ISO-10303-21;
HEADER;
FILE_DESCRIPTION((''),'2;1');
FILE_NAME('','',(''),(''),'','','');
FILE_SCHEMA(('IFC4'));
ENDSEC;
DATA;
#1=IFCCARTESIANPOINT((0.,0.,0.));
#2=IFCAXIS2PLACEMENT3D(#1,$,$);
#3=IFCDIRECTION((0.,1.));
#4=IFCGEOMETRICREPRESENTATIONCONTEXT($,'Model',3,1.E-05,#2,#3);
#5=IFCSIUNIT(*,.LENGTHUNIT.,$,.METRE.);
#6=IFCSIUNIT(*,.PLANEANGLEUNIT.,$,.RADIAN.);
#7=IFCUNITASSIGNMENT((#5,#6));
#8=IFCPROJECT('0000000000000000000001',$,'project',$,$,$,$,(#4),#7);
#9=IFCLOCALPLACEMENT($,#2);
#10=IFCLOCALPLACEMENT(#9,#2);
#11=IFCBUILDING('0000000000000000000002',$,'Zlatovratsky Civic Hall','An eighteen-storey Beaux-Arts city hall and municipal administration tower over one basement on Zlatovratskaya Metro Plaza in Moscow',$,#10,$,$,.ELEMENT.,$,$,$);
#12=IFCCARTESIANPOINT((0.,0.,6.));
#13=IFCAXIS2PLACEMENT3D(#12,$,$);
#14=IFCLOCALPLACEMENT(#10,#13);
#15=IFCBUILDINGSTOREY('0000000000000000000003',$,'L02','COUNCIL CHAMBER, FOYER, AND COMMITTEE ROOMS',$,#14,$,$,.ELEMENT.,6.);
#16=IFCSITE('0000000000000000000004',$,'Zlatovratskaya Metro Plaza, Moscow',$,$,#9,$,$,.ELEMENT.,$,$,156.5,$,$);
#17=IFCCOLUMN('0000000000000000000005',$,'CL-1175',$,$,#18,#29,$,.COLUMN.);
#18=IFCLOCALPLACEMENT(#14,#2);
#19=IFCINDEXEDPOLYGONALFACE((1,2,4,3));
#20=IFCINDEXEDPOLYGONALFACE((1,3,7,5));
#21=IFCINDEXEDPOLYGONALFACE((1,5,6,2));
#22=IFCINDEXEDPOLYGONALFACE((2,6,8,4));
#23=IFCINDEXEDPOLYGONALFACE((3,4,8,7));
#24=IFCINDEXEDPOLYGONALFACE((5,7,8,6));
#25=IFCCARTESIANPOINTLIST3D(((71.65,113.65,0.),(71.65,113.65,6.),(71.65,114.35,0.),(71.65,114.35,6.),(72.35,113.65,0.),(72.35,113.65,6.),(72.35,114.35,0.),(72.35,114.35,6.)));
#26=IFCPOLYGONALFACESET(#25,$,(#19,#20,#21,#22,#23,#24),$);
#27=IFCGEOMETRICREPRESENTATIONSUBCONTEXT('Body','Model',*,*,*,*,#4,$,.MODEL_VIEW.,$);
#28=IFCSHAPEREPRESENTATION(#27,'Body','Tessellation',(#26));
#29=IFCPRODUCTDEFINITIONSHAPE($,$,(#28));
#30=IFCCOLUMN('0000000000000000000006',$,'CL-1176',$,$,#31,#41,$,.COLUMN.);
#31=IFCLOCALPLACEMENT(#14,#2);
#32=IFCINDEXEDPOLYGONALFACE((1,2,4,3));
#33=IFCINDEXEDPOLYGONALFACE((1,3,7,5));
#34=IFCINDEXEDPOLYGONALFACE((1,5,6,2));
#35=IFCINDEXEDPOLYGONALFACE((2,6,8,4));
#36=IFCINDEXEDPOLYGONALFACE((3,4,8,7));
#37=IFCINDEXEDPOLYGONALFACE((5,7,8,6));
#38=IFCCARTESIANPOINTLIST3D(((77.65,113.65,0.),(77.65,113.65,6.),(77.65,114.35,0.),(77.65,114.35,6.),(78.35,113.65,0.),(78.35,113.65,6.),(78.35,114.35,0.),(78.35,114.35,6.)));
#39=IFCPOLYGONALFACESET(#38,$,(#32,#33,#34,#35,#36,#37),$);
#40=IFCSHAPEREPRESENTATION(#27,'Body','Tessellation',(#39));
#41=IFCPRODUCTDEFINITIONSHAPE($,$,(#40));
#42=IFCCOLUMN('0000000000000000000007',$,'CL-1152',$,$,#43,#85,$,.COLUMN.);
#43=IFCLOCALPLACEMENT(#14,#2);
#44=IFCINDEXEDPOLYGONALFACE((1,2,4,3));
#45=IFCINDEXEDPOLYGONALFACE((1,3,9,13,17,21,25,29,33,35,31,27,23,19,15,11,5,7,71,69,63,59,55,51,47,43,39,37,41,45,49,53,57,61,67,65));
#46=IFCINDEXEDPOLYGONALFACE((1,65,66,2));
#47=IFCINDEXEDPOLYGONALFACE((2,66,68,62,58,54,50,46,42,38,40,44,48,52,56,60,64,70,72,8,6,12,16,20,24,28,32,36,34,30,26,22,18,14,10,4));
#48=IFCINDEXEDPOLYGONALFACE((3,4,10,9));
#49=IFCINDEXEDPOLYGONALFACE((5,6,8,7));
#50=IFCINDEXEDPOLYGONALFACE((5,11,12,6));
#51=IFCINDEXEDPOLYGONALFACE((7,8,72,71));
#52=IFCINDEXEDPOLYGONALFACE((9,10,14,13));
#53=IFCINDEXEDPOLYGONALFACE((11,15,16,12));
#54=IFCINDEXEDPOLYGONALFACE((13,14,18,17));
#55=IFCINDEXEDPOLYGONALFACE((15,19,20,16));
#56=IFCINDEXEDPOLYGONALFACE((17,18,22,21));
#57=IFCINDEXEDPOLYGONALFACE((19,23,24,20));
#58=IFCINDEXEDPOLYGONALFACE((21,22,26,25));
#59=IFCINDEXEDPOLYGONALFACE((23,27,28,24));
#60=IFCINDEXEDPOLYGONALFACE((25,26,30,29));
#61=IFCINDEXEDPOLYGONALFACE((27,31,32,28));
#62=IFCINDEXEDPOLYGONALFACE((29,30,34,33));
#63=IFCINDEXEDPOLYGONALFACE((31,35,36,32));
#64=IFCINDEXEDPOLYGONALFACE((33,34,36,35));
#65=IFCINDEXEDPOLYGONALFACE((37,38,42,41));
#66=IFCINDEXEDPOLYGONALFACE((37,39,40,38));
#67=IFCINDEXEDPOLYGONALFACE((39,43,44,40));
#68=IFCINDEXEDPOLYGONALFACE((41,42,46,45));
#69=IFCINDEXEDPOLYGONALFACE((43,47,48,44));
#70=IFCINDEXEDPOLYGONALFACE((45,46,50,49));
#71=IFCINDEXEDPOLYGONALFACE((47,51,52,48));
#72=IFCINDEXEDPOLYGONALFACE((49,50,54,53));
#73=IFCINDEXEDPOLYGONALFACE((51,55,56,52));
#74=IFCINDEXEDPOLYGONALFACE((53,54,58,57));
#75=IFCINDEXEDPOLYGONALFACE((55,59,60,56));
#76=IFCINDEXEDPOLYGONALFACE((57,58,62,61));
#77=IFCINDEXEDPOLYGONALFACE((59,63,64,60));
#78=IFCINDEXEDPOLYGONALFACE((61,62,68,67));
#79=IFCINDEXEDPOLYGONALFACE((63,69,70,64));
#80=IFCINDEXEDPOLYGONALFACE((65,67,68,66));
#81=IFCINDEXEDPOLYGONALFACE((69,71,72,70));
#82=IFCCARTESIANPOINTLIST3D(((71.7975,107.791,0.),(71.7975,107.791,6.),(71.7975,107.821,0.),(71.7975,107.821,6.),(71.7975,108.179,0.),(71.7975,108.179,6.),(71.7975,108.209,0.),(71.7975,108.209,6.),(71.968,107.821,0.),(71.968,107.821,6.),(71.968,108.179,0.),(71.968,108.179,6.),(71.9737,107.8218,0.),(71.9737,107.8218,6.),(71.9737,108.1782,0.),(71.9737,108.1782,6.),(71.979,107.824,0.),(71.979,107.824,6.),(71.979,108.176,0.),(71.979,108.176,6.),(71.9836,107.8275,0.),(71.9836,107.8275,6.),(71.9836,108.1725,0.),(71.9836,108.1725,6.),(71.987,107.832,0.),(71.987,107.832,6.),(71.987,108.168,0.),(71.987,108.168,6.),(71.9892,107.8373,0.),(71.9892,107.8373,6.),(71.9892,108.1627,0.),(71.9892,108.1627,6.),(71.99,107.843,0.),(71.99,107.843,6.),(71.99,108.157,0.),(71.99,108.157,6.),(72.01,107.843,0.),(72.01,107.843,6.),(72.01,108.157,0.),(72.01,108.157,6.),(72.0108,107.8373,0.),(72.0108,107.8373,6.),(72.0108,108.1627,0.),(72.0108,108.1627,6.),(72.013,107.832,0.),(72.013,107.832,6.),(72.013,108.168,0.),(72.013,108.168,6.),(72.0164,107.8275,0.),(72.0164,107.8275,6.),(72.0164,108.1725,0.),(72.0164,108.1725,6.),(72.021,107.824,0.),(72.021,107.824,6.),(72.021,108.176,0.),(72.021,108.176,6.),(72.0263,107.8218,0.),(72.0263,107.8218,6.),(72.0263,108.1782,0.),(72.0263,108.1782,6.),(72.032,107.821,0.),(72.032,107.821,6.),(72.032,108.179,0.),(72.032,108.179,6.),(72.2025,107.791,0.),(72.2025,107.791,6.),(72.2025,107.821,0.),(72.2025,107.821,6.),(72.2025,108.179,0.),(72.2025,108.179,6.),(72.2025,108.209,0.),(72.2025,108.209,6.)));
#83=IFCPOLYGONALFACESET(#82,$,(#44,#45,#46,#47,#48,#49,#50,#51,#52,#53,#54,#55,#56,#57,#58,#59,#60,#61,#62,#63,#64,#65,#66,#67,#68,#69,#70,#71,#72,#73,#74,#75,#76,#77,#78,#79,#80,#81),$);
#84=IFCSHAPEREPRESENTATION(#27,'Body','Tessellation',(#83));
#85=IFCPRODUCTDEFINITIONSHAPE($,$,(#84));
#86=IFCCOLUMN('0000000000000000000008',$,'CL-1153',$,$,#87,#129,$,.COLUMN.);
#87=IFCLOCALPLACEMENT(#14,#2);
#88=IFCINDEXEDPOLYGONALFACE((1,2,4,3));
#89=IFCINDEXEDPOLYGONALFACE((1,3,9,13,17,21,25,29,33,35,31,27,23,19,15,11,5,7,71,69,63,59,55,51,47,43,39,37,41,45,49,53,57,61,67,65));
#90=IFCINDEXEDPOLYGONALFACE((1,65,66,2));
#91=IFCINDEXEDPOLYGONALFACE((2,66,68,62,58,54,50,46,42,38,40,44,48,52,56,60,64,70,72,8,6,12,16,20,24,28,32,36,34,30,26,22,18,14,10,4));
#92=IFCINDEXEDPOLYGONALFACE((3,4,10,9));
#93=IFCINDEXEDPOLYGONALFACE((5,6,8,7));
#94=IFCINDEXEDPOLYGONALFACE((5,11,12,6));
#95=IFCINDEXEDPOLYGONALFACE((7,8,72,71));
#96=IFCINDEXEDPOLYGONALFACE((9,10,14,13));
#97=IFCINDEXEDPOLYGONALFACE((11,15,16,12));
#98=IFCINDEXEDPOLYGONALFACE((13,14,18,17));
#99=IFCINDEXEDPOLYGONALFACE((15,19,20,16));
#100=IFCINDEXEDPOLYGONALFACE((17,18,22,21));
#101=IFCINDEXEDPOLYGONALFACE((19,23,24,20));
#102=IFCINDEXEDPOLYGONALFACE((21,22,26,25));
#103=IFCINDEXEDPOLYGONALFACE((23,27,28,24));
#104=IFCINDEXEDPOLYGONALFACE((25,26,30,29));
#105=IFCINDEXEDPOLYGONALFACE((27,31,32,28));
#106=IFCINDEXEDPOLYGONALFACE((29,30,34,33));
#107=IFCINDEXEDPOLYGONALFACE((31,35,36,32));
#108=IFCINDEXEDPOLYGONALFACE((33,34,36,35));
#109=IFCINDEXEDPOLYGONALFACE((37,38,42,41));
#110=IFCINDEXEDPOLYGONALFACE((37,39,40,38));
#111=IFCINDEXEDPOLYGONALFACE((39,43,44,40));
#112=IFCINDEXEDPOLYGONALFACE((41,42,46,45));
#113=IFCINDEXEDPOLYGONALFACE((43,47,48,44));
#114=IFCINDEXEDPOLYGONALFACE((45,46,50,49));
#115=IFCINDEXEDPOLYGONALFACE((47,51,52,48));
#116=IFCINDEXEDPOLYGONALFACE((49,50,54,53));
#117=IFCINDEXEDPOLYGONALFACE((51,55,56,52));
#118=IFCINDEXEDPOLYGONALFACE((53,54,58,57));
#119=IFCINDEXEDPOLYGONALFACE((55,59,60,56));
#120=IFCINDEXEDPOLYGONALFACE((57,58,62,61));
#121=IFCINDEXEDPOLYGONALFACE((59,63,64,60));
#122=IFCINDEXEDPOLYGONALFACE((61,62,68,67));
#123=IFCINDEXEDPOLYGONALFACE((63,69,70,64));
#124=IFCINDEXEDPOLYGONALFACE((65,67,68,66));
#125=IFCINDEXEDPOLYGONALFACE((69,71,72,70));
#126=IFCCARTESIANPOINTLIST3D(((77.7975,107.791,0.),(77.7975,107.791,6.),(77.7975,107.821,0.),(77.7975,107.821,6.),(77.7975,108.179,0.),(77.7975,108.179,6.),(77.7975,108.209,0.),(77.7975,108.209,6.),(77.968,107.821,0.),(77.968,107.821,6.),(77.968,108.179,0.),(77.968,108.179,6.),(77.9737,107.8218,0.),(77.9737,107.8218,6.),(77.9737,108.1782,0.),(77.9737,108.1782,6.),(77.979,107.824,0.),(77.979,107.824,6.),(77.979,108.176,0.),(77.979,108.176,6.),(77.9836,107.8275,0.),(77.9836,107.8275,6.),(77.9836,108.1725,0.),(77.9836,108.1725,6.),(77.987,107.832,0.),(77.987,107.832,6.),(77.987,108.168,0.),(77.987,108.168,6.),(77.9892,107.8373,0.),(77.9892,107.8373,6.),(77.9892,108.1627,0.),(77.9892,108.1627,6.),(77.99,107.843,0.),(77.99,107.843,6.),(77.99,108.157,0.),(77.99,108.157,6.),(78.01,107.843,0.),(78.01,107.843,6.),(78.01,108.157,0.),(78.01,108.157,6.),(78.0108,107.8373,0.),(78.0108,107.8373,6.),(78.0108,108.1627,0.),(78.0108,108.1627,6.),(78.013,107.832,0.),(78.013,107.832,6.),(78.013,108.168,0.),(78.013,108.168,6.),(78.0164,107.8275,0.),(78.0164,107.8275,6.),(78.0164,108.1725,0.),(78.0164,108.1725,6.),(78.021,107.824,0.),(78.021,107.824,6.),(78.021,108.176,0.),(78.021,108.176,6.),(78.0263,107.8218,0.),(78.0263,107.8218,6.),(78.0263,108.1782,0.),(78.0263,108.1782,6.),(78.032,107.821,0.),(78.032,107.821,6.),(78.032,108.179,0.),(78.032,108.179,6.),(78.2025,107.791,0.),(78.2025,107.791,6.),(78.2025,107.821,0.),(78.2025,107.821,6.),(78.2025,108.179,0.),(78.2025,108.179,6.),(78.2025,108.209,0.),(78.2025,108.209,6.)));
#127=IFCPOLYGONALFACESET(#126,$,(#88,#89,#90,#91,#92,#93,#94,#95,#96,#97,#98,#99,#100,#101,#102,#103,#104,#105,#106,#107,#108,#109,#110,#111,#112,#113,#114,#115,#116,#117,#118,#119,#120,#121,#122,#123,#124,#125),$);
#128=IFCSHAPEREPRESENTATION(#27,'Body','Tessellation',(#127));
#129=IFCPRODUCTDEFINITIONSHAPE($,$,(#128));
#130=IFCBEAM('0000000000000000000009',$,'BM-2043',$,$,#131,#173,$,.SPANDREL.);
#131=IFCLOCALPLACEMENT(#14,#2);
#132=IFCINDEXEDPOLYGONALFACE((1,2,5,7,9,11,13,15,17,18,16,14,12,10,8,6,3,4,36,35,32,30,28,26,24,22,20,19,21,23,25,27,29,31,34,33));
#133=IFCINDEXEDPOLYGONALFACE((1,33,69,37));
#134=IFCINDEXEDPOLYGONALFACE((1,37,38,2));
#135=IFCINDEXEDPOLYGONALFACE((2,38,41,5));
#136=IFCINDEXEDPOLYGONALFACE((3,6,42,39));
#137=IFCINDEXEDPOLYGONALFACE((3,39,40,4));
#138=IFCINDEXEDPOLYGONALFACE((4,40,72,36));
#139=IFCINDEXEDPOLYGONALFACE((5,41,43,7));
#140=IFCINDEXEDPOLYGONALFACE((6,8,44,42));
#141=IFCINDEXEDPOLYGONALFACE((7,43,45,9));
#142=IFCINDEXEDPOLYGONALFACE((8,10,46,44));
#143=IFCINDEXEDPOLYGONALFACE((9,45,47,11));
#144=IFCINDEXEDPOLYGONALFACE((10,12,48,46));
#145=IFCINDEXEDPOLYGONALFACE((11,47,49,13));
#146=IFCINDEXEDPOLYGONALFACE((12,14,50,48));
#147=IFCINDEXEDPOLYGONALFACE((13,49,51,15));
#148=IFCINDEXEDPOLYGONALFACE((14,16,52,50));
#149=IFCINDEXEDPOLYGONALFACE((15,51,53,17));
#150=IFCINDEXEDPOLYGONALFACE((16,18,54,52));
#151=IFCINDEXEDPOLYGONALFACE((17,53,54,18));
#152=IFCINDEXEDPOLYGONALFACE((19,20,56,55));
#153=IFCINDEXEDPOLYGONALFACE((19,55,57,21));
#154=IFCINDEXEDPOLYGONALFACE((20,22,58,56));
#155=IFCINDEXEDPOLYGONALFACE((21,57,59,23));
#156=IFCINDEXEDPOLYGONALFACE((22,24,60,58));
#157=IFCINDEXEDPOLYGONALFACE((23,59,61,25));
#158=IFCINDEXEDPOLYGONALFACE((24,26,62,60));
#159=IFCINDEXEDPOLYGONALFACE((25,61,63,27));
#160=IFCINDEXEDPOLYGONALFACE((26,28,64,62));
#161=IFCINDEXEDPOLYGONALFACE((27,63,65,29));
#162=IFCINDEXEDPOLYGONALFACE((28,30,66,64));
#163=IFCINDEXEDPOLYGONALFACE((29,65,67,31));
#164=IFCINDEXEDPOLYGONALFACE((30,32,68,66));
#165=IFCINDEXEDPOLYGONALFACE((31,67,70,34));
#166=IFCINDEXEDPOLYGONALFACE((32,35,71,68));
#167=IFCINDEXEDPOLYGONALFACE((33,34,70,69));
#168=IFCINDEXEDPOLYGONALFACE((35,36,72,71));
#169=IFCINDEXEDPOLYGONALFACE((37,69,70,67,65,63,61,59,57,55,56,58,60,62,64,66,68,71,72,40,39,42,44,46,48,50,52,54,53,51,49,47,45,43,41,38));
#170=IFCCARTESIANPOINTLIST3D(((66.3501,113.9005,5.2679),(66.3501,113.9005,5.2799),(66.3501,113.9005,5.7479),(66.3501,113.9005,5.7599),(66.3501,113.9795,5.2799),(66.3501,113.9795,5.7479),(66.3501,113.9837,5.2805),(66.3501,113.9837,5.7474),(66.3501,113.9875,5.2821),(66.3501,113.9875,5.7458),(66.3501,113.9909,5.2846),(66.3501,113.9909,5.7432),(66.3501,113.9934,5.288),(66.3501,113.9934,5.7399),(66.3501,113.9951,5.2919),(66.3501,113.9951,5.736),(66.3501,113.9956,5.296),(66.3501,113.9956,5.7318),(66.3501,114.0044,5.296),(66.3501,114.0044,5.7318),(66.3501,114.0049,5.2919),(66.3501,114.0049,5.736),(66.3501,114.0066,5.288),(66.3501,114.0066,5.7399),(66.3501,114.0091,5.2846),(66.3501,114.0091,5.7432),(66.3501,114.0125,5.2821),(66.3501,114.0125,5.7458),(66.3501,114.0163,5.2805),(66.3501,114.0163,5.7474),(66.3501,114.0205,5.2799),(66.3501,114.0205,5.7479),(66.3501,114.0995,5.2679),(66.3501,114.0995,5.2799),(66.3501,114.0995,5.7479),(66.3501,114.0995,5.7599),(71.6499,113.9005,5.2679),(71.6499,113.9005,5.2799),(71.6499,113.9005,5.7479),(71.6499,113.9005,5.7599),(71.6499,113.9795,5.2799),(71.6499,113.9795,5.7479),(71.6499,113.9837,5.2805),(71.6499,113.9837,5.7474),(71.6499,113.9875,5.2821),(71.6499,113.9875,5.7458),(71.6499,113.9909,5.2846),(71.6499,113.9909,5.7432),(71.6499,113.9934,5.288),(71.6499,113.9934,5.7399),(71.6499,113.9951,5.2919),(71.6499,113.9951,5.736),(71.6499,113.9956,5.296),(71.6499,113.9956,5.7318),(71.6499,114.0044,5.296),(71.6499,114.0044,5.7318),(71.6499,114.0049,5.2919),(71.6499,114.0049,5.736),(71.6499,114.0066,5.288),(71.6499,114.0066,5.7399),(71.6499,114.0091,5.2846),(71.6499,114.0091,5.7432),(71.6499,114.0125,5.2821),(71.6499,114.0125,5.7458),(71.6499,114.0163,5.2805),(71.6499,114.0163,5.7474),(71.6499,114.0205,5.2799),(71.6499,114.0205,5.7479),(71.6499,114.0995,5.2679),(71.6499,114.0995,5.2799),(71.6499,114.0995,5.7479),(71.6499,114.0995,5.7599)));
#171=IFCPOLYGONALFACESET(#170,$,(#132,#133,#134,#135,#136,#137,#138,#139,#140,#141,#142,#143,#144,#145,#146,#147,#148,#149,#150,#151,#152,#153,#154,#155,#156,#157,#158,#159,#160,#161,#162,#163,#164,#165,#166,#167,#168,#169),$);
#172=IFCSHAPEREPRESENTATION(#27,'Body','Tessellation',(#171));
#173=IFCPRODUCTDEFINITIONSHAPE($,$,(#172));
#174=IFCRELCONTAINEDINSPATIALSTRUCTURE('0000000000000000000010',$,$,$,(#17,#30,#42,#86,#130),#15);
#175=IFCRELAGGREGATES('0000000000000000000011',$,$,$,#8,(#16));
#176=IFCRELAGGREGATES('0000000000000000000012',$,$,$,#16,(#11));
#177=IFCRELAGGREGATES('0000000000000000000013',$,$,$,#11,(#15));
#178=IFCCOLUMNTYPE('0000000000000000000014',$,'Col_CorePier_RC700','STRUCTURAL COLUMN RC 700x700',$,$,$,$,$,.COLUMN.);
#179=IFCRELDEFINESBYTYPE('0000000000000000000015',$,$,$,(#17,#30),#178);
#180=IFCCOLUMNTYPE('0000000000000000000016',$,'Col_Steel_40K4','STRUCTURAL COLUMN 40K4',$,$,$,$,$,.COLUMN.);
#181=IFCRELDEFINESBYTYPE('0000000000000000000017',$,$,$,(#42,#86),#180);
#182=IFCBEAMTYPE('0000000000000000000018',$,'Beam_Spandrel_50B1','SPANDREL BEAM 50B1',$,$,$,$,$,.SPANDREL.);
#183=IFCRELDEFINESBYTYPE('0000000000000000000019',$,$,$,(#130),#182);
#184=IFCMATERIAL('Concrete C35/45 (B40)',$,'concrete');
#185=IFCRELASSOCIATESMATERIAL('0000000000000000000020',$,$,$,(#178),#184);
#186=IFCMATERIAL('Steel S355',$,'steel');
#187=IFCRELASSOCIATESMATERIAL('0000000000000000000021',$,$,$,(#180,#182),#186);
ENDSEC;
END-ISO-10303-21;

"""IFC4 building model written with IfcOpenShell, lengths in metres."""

from ifc_helpers import new_model, si_unit, direction, frame, origin, origin_2d, place, context, subcontext, project, spatial, rectangle, i_section, extrude, material, material_profile, profile_set, type_object, element, save


model = new_model("IFC4")

# Units and contexts
model_context = context("Model", 3, precision=1e-05, world=origin(), true_north=direction((0.0, 1.0)))
body_context = subcontext(model_context, "Body", "Model", "MODEL_VIEW")
ifc_project = project(units=[si_unit("LENGTHUNIT", "METRE"), si_unit("PLANEANGLEUNIT", "RADIAN")], contexts=[model_context])

# Site, building, storey
site_placement = place(None, origin())
site = spatial("IfcSite", under=ifc_project, at=site_placement, Name="Zlatovratskaya Metro Plaza, Moscow", CompositionType="ELEMENT", RefElevation=156.5)
building_placement = place(site_placement, origin())
building = spatial("IfcBuilding", under=site, at=building_placement, Name="Zlatovratsky Civic Hall", Description="An eighteen-storey Beaux-Arts city hall and municipal administration tower over one basement on Zlatovratskaya Metro Plaza in Moscow", CompositionType="ELEMENT")
storey_placement = place(building_placement, frame((0.0, 0.0, 6.0)))
storey = spatial("IfcBuildingStorey", under=building, at=storey_placement, Name="L02", Description="COUNCIL CHAMBER, FOYER, AND COMMITTEE ROOMS", CompositionType="ELEMENT", Elevation=6.0)

# Columns
ifc_material_1 = material(Name="Concrete C35/45 (B40)", Category="concrete")
ifc_material_profile_1 = material_profile(ifc_material_1, rectangle(XDim=0.7, YDim=0.7, at=origin_2d()), Name="RC 700x700")
ifc_profile_set_1 = profile_set([ifc_material_profile_1], Name="Concrete C35/45 (B40)")
column_type_1 = type_object("IfcColumnType", Name="Col_CorePier_RC700", Description="STRUCTURAL COLUMN RC 700x700", PredefinedType="COLUMN", material=ifc_profile_set_1)
for number, where, z_axis, x_axis, name in (
    (1, (72.0, 114.0, 0.0), (0.0, 0.0, 1.0), (1.0, 0.0, 0.0), "CL-1175"),
    (2, (78.0, 114.0, 0.0), (0.0, 0.0, 1.0), (1.0, 0.0, 0.0), "CL-1176"),
):
    element("IfcColumn", number, at=place(storey_placement, frame(where, z_axis=z_axis, x_axis=x_axis)), inside=storey, type_object=column_type_1, Name=name, PredefinedType="COLUMN", context=body_context, shape_type="SweptSolid", body=[
        extrude(rectangle(XDim=0.7, YDim=0.7, at=origin_2d()), origin(), (0.0, 0.0, 1.0), 6.0),
    ])
ifc_material_2 = material(Name="Steel S355", Category="steel")
ifc_material_profile_2 = material_profile(ifc_material_2, i_section(OverallWidth=0.405, OverallDepth=0.418, WebThickness=0.02, FlangeThickness=0.03, FilletRadius=0.022, at=origin_2d()), Name="40K4")
ifc_profile_set_2 = profile_set([ifc_material_profile_2], Name="Steel S355")
column_type_2 = type_object("IfcColumnType", Name="Col_Steel_40K4", Description="STRUCTURAL COLUMN 40K4", PredefinedType="COLUMN", material=ifc_profile_set_2)
for number, where, z_axis, x_axis, name in (
    (3, (72.0, 108.0, 0.0), (0.0, 0.0, 1.0), (1.0, 0.0, 0.0), "CL-1152"),
    (4, (78.0, 108.0, 0.0), (0.0, 0.0, 1.0), (1.0, 0.0, 0.0), "CL-1153"),
):
    element("IfcColumn", number, at=place(storey_placement, frame(where, z_axis=z_axis, x_axis=x_axis)), inside=storey, type_object=column_type_2, Name=name, PredefinedType="COLUMN", context=body_context, shape_type="SweptSolid", body=[
        extrude(i_section(OverallWidth=0.405, OverallDepth=0.418, WebThickness=0.02, FlangeThickness=0.03, FilletRadius=0.022, at=origin_2d()), origin(), (0.0, 0.0, 1.0), 6.0),
    ])

# Beam
ifc_material_profile_3 = material_profile(ifc_material_2, i_section(OverallWidth=0.199, OverallDepth=0.4919, WebThickness=0.0088, FlangeThickness=0.012, FilletRadius=0.0161, at=origin_2d()), Name="50B1")
ifc_profile_set_3 = profile_set([ifc_material_profile_3], Name="Steel S355")
beam_type_1 = type_object("IfcBeamType", Name="Beam_Spandrel_50B1", Description="SPANDREL BEAM 50B1", PredefinedType="SPANDREL", material=ifc_profile_set_3)
for number, where, z_axis, x_axis, name in (
    (5, (66.3501, 114.0, 5.5139), (1.0, 0.0, 0.0), (0.0, 1.0, 0.0), "BM-2043"),
):
    element("IfcBeam", number, at=place(storey_placement, frame(where, z_axis=z_axis, x_axis=x_axis)), inside=storey, type_object=beam_type_1, Name=name, PredefinedType="SPANDREL", context=body_context, shape_type="SweptSolid", body=[
        extrude(i_section(OverallWidth=0.199, OverallDepth=0.4919, WebThickness=0.0088, FlangeThickness=0.012, FilletRadius=0.0161, at=origin_2d()), origin(), (0.0, 0.0, 1.0), 5.2998),
    ])

save(model, "model.ifc")
